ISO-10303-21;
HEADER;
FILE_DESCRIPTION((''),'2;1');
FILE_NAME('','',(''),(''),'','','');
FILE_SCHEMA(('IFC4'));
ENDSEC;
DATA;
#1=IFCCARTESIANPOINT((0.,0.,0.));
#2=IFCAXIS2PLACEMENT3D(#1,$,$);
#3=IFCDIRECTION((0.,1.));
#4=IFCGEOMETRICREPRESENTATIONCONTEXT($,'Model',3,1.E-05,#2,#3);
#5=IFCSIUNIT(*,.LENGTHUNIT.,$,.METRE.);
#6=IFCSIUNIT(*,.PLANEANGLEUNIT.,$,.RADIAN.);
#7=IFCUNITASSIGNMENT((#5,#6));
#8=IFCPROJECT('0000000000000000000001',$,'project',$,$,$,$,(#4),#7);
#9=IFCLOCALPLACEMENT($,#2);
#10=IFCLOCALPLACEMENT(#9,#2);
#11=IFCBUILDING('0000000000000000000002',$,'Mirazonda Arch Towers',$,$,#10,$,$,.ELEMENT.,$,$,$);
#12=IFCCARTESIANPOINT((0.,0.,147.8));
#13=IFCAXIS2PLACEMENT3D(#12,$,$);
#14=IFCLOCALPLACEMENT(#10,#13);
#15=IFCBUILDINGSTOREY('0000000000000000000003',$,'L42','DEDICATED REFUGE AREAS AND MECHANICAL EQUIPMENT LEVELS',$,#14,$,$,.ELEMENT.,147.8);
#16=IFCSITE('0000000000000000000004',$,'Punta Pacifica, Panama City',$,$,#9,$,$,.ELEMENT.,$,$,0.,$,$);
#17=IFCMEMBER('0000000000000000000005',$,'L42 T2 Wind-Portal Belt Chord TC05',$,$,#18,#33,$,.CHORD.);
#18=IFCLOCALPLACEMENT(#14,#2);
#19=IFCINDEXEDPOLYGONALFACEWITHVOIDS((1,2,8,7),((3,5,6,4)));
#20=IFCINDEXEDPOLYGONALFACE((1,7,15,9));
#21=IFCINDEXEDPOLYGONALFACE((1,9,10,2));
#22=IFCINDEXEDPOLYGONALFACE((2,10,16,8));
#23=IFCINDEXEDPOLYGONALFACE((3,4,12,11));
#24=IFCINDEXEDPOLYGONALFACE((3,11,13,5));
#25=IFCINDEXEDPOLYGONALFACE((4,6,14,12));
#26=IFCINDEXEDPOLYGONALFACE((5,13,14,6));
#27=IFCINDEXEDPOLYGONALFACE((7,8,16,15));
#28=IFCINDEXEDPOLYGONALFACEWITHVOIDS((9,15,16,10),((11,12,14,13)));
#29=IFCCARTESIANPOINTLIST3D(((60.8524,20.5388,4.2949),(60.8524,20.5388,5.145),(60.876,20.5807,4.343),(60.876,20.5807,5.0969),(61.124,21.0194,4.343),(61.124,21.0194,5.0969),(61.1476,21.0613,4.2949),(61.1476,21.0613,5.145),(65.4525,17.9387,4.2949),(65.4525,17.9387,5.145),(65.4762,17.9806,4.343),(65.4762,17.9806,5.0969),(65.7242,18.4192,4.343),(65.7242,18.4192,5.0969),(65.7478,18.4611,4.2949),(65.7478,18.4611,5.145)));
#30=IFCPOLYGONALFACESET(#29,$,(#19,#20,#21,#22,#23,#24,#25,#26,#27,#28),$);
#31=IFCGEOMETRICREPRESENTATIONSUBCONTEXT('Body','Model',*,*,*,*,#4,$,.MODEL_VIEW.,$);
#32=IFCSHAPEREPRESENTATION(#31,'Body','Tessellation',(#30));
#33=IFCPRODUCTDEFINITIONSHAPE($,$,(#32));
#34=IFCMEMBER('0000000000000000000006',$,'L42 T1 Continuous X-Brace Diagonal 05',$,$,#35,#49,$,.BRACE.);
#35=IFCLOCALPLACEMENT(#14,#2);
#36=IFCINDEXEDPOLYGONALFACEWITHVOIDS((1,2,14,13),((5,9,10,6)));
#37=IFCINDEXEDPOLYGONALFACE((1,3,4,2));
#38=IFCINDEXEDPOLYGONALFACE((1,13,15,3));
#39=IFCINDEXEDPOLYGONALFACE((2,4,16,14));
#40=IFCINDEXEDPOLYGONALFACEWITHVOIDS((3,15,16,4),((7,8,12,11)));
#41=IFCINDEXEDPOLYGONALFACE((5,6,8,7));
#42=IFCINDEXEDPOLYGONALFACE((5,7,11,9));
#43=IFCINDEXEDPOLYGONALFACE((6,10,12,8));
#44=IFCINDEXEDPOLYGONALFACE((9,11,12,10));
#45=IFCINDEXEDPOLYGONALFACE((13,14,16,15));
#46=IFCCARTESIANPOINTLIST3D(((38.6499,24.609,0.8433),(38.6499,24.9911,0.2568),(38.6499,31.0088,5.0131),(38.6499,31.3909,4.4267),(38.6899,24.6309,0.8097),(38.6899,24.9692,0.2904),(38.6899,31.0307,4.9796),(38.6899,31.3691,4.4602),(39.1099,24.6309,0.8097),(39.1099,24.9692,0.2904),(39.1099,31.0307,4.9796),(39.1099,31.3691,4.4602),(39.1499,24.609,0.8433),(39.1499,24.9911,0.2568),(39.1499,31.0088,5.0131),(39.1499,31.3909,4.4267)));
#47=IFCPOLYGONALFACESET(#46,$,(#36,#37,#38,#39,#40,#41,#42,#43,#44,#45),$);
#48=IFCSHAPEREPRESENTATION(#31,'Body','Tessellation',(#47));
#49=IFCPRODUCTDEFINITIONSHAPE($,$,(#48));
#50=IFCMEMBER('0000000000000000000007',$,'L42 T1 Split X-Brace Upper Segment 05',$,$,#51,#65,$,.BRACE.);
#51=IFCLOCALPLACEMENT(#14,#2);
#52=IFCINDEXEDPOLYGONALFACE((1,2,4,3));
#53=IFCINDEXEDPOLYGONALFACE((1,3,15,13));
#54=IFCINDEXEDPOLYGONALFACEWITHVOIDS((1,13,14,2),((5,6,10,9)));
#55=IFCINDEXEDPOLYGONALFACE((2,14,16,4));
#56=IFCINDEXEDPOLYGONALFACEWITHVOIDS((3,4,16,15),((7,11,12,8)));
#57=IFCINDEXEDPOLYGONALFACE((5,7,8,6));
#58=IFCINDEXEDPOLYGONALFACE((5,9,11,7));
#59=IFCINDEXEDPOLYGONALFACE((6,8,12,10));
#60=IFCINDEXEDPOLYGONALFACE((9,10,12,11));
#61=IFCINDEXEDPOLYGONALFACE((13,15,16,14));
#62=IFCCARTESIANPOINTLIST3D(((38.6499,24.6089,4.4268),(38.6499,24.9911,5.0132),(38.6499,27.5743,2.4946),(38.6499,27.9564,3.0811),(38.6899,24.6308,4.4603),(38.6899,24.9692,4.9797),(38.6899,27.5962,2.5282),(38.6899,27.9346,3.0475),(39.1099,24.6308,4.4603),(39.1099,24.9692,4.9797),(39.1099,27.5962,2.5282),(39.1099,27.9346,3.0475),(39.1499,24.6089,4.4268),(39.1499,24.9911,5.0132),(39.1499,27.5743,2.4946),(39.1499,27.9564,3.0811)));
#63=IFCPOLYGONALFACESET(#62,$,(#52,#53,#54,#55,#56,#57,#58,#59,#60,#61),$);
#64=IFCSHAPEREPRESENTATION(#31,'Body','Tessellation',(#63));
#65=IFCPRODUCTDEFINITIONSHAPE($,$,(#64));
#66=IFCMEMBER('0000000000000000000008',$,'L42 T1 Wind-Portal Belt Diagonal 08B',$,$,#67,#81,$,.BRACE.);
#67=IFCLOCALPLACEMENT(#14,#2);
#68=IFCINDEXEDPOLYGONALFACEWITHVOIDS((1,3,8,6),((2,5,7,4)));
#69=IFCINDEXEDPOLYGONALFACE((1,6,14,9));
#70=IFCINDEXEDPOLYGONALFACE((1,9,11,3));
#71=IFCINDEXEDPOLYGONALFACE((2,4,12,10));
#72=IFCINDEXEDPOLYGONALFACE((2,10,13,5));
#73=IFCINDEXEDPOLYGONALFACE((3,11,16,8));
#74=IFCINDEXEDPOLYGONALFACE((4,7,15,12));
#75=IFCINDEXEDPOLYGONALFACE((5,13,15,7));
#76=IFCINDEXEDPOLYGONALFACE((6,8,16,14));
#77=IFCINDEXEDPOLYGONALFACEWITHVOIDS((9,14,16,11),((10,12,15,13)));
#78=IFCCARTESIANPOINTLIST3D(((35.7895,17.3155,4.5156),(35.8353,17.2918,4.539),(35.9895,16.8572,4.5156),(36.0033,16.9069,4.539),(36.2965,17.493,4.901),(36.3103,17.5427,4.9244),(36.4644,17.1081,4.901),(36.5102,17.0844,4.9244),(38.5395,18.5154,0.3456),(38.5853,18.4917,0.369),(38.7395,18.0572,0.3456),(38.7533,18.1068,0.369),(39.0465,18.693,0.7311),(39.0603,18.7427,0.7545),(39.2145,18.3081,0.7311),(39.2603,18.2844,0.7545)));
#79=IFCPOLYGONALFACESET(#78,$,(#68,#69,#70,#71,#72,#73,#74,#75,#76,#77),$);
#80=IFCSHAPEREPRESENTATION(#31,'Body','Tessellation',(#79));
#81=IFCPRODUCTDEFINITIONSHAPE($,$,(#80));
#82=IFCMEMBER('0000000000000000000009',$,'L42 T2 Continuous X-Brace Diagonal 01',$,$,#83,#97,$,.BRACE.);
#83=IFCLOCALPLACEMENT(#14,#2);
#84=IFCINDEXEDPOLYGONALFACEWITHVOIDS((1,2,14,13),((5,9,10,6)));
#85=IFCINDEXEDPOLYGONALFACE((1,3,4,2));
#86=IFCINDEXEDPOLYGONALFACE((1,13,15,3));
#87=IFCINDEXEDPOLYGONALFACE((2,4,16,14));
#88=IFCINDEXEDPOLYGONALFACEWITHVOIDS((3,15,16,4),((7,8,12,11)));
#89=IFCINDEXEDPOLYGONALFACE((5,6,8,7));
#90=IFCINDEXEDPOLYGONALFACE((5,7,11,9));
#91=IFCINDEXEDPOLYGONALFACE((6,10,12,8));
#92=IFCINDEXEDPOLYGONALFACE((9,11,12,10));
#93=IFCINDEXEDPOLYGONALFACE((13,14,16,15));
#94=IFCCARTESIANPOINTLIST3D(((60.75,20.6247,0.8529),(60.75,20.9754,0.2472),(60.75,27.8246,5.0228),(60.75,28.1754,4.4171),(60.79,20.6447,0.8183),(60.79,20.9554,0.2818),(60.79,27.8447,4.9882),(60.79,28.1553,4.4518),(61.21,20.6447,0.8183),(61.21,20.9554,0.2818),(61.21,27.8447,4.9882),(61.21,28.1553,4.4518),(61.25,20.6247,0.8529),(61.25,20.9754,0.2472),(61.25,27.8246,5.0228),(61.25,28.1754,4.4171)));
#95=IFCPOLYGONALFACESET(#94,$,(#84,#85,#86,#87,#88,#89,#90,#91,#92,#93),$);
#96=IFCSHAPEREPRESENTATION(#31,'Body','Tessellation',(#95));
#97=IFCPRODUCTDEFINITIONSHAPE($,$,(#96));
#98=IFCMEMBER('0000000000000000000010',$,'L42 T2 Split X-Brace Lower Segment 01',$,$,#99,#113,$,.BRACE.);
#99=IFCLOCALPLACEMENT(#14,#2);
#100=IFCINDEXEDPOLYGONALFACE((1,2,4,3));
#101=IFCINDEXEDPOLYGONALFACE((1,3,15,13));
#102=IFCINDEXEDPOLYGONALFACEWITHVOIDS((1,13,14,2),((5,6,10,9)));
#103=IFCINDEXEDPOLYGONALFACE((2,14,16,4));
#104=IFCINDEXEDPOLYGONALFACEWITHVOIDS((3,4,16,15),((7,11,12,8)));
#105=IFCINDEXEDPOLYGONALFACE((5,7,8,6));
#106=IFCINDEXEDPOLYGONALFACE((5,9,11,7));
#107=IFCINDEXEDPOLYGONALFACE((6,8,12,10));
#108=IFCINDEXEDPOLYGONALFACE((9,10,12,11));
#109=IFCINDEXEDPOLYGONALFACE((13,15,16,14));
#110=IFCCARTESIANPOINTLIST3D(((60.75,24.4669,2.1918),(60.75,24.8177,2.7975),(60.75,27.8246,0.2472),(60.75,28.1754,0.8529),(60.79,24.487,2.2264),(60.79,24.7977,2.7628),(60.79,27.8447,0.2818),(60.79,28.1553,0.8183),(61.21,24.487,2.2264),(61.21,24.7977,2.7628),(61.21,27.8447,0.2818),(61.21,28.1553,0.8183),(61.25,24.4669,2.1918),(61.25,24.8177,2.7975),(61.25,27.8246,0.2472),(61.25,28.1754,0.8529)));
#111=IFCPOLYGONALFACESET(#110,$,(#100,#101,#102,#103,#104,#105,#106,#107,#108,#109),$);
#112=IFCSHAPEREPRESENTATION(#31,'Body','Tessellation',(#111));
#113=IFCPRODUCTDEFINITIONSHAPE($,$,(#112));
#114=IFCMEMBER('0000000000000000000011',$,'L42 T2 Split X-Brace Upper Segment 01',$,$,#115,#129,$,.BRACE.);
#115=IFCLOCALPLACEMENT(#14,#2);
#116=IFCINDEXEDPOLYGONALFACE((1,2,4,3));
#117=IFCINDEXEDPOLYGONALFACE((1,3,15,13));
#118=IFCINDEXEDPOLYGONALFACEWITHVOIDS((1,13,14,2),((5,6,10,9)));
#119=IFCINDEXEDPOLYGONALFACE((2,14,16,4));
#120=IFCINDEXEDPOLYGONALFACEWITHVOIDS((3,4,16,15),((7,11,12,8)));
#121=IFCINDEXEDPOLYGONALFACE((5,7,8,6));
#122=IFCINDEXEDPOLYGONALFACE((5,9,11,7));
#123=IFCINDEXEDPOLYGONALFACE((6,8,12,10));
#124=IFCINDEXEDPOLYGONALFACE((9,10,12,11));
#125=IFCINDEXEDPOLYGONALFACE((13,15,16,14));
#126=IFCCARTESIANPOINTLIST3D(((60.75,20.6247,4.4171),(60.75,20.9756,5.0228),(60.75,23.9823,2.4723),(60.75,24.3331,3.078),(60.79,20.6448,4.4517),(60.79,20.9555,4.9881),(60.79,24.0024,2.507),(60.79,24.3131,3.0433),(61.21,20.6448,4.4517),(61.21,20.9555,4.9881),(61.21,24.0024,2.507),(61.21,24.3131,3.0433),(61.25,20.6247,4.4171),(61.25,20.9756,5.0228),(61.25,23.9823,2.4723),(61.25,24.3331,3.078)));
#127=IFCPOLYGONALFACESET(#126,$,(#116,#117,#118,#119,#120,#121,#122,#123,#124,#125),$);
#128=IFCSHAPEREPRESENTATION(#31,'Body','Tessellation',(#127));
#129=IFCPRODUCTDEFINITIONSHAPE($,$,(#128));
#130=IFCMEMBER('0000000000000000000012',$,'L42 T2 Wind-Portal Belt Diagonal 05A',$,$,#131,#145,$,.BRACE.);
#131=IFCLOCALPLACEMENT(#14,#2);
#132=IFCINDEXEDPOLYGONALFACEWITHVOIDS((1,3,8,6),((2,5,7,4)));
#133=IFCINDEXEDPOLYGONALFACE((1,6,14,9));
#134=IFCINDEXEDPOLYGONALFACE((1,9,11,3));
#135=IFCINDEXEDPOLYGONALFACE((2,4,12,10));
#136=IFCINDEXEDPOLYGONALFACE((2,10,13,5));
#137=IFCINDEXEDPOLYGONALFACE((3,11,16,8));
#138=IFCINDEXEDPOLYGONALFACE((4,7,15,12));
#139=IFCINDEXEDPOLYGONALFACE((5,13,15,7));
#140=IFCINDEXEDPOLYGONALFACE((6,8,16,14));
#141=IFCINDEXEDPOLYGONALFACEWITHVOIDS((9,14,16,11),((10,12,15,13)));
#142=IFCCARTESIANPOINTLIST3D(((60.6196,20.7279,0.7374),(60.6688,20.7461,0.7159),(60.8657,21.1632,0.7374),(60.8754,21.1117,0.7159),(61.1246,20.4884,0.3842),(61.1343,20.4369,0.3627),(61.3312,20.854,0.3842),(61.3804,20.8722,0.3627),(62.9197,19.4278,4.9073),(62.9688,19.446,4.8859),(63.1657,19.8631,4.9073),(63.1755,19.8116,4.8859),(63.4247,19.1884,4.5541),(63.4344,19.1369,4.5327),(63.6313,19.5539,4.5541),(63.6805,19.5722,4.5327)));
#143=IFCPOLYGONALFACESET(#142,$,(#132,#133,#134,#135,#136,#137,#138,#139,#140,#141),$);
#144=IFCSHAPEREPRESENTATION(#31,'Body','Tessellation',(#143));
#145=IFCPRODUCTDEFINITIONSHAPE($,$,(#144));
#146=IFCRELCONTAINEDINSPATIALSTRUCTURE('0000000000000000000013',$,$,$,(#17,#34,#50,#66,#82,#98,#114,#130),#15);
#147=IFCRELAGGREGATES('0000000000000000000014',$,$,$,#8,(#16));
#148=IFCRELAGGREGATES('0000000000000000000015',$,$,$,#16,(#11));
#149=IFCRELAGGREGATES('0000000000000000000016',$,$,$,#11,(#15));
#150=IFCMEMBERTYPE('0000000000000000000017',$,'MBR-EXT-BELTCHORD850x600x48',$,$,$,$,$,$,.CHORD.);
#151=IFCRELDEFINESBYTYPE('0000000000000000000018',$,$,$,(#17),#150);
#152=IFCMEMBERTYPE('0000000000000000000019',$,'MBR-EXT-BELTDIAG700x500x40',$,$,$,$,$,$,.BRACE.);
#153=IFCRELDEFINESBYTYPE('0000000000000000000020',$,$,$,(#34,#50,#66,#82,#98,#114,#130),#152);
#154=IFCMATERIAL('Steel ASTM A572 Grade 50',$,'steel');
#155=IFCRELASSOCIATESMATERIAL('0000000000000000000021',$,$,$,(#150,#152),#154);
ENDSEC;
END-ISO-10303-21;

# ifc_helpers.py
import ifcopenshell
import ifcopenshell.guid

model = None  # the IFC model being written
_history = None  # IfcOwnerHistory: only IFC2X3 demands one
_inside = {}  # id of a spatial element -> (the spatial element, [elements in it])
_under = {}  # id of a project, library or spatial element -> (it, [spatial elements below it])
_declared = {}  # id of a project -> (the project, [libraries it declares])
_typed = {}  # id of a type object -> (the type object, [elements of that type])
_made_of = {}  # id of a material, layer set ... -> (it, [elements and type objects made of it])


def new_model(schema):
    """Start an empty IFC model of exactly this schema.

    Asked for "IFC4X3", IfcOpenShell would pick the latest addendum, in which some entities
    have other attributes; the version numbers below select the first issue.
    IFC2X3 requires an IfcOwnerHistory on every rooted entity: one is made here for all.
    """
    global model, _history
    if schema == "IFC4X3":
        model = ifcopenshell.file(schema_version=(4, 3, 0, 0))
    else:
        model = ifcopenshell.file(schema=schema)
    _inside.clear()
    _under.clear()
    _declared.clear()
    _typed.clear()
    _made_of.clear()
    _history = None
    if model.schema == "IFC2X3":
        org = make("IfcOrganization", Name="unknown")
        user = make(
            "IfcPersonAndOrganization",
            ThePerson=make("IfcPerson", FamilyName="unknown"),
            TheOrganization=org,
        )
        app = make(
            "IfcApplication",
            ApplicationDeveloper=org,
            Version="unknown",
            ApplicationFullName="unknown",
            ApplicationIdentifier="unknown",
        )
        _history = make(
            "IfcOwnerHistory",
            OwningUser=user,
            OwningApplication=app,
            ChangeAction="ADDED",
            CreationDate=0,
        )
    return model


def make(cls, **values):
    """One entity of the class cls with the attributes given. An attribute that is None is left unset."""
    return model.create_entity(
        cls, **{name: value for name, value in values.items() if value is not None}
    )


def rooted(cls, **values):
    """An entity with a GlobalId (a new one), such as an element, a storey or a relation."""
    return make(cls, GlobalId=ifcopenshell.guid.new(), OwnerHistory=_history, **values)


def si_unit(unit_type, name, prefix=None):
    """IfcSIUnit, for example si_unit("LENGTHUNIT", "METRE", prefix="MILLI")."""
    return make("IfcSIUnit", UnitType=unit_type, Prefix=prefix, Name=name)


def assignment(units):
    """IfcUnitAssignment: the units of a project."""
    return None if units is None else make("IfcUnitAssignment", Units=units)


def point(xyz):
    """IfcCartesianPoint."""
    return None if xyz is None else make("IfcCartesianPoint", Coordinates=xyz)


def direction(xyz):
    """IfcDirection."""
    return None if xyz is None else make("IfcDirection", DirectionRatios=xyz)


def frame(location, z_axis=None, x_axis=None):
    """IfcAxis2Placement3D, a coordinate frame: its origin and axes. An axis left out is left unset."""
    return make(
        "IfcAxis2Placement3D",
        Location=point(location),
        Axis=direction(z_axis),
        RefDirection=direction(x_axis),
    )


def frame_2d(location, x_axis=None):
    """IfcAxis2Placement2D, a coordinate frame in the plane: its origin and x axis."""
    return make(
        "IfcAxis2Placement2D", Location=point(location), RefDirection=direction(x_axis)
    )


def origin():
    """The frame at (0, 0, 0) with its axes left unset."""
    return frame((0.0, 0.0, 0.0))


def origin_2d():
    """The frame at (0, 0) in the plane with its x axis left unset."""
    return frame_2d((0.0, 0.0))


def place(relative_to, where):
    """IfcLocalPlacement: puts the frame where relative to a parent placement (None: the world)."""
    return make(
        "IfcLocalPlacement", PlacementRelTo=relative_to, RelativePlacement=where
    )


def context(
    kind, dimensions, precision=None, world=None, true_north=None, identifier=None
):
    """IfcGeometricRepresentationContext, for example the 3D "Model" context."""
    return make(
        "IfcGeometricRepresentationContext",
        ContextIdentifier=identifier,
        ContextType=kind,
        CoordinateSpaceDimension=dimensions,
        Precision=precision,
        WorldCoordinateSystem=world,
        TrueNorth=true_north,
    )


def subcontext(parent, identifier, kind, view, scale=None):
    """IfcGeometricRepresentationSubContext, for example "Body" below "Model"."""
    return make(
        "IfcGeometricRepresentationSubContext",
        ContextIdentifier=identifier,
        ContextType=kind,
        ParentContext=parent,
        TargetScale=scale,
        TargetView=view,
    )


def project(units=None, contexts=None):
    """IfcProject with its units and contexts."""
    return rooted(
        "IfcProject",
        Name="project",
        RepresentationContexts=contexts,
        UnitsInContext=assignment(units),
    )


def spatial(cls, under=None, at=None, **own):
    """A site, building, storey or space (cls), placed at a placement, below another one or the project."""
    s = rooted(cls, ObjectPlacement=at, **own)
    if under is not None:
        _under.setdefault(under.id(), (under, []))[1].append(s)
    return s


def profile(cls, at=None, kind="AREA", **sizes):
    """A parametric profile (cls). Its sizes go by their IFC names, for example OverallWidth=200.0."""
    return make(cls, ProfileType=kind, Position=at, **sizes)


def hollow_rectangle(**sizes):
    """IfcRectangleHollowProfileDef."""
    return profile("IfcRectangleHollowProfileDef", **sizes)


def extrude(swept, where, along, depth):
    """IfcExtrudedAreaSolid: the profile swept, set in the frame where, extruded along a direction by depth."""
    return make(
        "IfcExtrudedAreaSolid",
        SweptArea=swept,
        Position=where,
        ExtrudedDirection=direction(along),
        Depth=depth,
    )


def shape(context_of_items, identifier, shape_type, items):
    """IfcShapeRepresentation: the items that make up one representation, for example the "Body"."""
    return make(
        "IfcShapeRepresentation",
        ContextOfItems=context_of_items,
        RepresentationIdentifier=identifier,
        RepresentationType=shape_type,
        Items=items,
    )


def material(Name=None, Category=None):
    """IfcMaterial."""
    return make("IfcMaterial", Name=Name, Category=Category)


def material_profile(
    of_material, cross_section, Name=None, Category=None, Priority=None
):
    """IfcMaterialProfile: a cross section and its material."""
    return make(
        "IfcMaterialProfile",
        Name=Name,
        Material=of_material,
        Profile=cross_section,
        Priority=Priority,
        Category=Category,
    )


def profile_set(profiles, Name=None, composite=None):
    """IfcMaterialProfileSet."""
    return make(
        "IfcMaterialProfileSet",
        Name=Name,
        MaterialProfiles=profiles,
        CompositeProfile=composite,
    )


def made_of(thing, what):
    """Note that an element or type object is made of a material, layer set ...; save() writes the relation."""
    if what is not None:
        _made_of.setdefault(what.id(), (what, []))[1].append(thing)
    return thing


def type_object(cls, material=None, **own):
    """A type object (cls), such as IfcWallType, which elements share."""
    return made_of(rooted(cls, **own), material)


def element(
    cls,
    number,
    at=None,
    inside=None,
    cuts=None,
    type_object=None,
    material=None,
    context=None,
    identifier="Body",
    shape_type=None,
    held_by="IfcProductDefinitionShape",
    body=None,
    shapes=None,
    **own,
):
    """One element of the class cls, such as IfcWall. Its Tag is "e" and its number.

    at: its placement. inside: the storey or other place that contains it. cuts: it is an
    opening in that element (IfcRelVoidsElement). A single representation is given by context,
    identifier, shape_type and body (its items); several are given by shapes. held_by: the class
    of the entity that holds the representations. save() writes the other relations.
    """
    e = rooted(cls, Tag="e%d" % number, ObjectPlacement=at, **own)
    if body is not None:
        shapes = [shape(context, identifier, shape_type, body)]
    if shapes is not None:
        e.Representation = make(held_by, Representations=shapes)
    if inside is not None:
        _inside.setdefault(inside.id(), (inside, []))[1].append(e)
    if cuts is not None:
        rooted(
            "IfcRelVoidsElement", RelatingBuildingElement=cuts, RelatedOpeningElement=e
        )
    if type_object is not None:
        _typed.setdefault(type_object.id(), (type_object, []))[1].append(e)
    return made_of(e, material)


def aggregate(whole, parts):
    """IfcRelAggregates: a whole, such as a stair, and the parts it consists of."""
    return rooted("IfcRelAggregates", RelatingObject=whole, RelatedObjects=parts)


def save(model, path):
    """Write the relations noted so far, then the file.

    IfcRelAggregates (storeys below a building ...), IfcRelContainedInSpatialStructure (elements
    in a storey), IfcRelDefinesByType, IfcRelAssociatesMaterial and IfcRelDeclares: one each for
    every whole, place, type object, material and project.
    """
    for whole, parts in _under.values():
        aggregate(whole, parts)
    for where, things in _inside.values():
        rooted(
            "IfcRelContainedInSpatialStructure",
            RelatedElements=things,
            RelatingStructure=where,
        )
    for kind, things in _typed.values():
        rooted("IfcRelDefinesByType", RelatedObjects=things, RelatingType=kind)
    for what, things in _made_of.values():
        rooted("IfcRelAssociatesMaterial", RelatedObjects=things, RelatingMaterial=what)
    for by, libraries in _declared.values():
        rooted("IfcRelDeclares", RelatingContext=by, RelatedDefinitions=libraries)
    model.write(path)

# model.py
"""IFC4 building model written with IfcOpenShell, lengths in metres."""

from ifc_helpers import new_model, si_unit, direction, frame, origin, origin_2d, place, context, subcontext, project, spatial, hollow_rectangle, extrude, material, material_profile, profile_set, type_object, element, save


model = new_model("IFC4")

# Units and contexts
model_context = context("Model", 3, precision=1e-05, world=origin(), true_north=direction((0.0, 1.0)))
body_context = subcontext(model_context, "Body", "Model", "MODEL_VIEW")
ifc_project = project(units=[si_unit("LENGTHUNIT", "METRE"), si_unit("PLANEANGLEUNIT", "RADIAN")], contexts=[model_context])

# Site, building, storey
site_placement = place(None, origin())
site = spatial("IfcSite", under=ifc_project, at=site_placement, Name="Punta Pacifica, Panama City", CompositionType="ELEMENT", RefElevation=0.0)
building_placement = place(site_placement, origin())
building = spatial("IfcBuilding", under=site, at=building_placement, Name="Mirazonda Arch Towers", CompositionType="ELEMENT")
storey_placement = place(building_placement, frame((0.0, 0.0, 147.8)))
storey = spatial("IfcBuildingStorey", under=building, at=storey_placement, Name="L42", Description="DEDICATED REFUGE AREAS AND MECHANICAL EQUIPMENT LEVELS", CompositionType="ELEMENT", Elevation=147.8)

# Shared definitions
ifc_material_1 = material(Name="Steel ASTM A572 Grade 50", Category="steel")

# Members
ifc_material_profile_1 = material_profile(ifc_material_1, hollow_rectangle(XDim=0.6001, YDim=0.8501, WallThickness=0.0481, at=origin_2d()), Name="BELTCHORD850x600x48")
ifc_profile_set_1 = profile_set([ifc_material_profile_1], Name="Steel ASTM A572 Grade 50")
member_type_1 = type_object("IfcMemberType", Name="MBR-EXT-BELTCHORD850x600x48", PredefinedType="CHORD", material=ifc_profile_set_1)
for number, where, z_axis, x_axis, name in (
    (1, (61.0, 20.8, 4.72), (0.870559, -0.492063, 0.0), (0.492063, 0.870559, 0.0), "L42 T2 Wind-Portal Belt Chord TC05"),
):
    element("IfcMember", number, at=place(storey_placement, frame(where, z_axis=z_axis, x_axis=x_axis)), inside=storey, type_object=member_type_1, Name=name, PredefinedType="CHORD", context=body_context, shape_type="SweptSolid", body=[
        extrude(hollow_rectangle(XDim=0.6001, YDim=0.8501, WallThickness=0.0481, at=origin_2d()), origin(), (0.0, 0.0, 1.0), 5.2842),
    ])
ifc_material_profile_2 = material_profile(ifc_material_1, hollow_rectangle(XDim=0.5, YDim=0.7, WallThickness=0.04, at=origin_2d()), Name="BELTDIAG700x500x40")
ifc_profile_set_2 = profile_set([ifc_material_profile_2], Name="Steel ASTM A572 Grade 50")
member_type_2 = type_object("IfcMemberType", Name="MBR-EXT-BELTDIAG700x500x40", PredefinedType="BRACE", material=ifc_profile_set_2)
member_1_placement = place(storey_placement, frame((38.8999, 24.8, 0.55), z_axis=(0.0, 0.837846, 0.545907), x_axis=(-1.0, 0.0, 0.0)))
element("IfcMember", 2, at=member_1_placement, inside=storey, type_object=member_type_2, Name="L42 T1 Continuous X-Brace Diagonal 05", PredefinedType="BRACE", context=body_context, shape_type="SweptSolid", body=[
    extrude(hollow_rectangle(XDim=0.5, YDim=0.7, WallThickness=0.04, at=origin_2d()), origin(), (0.0, 0.0, 1.0), 7.6384),
])
member_2_placement = place(storey_placement, frame((38.8999, 27.7654, 2.7878), z_axis=(0.0, -0.837841, 0.545914), x_axis=(1.0, 0.0, 0.0)))
element("IfcMember", 3, at=member_2_placement, inside=storey, type_object=member_type_2, Name="L42 T1 Split X-Brace Upper Segment 05", PredefinedType="BRACE", context=body_context, shape_type="SweptSolid", body=[
    extrude(hollow_rectangle(XDim=0.5, YDim=0.7, WallThickness=0.04, at=origin_2d()), origin(), (0.0, 0.0, 1.0), 3.5393),
])
member_3_placement = place(storey_placement, frame((38.8999, 18.3999, 0.55), z_axis=(-0.535313, -0.233582, 0.811714), x_axis=(0.399931, -0.916545, 0.0)))
element("IfcMember", 4, at=member_3_placement, inside=storey, type_object=member_type_2, Name="L42 T1 Wind-Portal Belt Diagonal 08B", PredefinedType="BRACE", context=body_context, shape_type="SweptSolid", body=[
    extrude(hollow_rectangle(XDim=0.5, YDim=0.7, WallThickness=0.04, at=origin_2d()), origin(), (0.0, 0.0, 1.0), 5.1372),
])
member_4_placement = place(storey_placement, frame((61.0, 20.8, 0.55), z_axis=(0.0, 0.865347, 0.501174), x_axis=(-1.0, 0.0, 0.0)))
element("IfcMember", 5, at=member_4_placement, inside=storey, type_object=member_type_2, Name="L42 T2 Continuous X-Brace Diagonal 01", PredefinedType="BRACE", context=body_context, shape_type="SweptSolid", body=[
    extrude(hollow_rectangle(XDim=0.5, YDim=0.7, WallThickness=0.04, at=origin_2d()), origin(), (0.0, 0.0, 1.0), 8.3203),
])
for number, where, z_axis, x_axis, name in (
    (6, (61.0, 28.0, 0.55), (0.0, -0.865352, 0.501165), (1.0, 0.0, 0.0), "L42 T2 Split X-Brace Lower Segment 01"),
    (7, (61.0, 24.1577, 2.7751), (0.0, -0.865324, 0.501212), (1.0, 0.0, 0.0), "L42 T2 Split X-Brace Upper Segment 01"),
):
    element("IfcMember", number, at=place(storey_placement, frame(where, z_axis=z_axis, x_axis=x_axis)), inside=storey, type_object=member_type_2, Name=name, PredefinedType="BRACE", context=body_context, shape_type="SweptSolid", body=[
        extrude(hollow_rectangle(XDim=0.5, YDim=0.7, WallThickness=0.04, at=origin_2d()), origin(), (0.0, 0.0, 1.0), 3.8801),
    ])
member_5_placement = place(storey_placement, frame((61.0, 20.8, 0.55), z_axis=(0.465931, -0.263357, 0.84472), x_axis=(0.492063, 0.870559, 0.0)))
element("IfcMember", 8, at=member_5_placement, inside=storey, type_object=member_type_2, Name="L42 T2 Wind-Portal Belt Diagonal 05A", PredefinedType="BRACE", context=body_context, shape_type="SweptSolid", body=[
    extrude(hollow_rectangle(XDim=0.5, YDim=0.7, WallThickness=0.04, at=origin_2d()), origin(), (0.0, 0.0, 1.0), 4.9365),
])

save(model, "model.ifc")
